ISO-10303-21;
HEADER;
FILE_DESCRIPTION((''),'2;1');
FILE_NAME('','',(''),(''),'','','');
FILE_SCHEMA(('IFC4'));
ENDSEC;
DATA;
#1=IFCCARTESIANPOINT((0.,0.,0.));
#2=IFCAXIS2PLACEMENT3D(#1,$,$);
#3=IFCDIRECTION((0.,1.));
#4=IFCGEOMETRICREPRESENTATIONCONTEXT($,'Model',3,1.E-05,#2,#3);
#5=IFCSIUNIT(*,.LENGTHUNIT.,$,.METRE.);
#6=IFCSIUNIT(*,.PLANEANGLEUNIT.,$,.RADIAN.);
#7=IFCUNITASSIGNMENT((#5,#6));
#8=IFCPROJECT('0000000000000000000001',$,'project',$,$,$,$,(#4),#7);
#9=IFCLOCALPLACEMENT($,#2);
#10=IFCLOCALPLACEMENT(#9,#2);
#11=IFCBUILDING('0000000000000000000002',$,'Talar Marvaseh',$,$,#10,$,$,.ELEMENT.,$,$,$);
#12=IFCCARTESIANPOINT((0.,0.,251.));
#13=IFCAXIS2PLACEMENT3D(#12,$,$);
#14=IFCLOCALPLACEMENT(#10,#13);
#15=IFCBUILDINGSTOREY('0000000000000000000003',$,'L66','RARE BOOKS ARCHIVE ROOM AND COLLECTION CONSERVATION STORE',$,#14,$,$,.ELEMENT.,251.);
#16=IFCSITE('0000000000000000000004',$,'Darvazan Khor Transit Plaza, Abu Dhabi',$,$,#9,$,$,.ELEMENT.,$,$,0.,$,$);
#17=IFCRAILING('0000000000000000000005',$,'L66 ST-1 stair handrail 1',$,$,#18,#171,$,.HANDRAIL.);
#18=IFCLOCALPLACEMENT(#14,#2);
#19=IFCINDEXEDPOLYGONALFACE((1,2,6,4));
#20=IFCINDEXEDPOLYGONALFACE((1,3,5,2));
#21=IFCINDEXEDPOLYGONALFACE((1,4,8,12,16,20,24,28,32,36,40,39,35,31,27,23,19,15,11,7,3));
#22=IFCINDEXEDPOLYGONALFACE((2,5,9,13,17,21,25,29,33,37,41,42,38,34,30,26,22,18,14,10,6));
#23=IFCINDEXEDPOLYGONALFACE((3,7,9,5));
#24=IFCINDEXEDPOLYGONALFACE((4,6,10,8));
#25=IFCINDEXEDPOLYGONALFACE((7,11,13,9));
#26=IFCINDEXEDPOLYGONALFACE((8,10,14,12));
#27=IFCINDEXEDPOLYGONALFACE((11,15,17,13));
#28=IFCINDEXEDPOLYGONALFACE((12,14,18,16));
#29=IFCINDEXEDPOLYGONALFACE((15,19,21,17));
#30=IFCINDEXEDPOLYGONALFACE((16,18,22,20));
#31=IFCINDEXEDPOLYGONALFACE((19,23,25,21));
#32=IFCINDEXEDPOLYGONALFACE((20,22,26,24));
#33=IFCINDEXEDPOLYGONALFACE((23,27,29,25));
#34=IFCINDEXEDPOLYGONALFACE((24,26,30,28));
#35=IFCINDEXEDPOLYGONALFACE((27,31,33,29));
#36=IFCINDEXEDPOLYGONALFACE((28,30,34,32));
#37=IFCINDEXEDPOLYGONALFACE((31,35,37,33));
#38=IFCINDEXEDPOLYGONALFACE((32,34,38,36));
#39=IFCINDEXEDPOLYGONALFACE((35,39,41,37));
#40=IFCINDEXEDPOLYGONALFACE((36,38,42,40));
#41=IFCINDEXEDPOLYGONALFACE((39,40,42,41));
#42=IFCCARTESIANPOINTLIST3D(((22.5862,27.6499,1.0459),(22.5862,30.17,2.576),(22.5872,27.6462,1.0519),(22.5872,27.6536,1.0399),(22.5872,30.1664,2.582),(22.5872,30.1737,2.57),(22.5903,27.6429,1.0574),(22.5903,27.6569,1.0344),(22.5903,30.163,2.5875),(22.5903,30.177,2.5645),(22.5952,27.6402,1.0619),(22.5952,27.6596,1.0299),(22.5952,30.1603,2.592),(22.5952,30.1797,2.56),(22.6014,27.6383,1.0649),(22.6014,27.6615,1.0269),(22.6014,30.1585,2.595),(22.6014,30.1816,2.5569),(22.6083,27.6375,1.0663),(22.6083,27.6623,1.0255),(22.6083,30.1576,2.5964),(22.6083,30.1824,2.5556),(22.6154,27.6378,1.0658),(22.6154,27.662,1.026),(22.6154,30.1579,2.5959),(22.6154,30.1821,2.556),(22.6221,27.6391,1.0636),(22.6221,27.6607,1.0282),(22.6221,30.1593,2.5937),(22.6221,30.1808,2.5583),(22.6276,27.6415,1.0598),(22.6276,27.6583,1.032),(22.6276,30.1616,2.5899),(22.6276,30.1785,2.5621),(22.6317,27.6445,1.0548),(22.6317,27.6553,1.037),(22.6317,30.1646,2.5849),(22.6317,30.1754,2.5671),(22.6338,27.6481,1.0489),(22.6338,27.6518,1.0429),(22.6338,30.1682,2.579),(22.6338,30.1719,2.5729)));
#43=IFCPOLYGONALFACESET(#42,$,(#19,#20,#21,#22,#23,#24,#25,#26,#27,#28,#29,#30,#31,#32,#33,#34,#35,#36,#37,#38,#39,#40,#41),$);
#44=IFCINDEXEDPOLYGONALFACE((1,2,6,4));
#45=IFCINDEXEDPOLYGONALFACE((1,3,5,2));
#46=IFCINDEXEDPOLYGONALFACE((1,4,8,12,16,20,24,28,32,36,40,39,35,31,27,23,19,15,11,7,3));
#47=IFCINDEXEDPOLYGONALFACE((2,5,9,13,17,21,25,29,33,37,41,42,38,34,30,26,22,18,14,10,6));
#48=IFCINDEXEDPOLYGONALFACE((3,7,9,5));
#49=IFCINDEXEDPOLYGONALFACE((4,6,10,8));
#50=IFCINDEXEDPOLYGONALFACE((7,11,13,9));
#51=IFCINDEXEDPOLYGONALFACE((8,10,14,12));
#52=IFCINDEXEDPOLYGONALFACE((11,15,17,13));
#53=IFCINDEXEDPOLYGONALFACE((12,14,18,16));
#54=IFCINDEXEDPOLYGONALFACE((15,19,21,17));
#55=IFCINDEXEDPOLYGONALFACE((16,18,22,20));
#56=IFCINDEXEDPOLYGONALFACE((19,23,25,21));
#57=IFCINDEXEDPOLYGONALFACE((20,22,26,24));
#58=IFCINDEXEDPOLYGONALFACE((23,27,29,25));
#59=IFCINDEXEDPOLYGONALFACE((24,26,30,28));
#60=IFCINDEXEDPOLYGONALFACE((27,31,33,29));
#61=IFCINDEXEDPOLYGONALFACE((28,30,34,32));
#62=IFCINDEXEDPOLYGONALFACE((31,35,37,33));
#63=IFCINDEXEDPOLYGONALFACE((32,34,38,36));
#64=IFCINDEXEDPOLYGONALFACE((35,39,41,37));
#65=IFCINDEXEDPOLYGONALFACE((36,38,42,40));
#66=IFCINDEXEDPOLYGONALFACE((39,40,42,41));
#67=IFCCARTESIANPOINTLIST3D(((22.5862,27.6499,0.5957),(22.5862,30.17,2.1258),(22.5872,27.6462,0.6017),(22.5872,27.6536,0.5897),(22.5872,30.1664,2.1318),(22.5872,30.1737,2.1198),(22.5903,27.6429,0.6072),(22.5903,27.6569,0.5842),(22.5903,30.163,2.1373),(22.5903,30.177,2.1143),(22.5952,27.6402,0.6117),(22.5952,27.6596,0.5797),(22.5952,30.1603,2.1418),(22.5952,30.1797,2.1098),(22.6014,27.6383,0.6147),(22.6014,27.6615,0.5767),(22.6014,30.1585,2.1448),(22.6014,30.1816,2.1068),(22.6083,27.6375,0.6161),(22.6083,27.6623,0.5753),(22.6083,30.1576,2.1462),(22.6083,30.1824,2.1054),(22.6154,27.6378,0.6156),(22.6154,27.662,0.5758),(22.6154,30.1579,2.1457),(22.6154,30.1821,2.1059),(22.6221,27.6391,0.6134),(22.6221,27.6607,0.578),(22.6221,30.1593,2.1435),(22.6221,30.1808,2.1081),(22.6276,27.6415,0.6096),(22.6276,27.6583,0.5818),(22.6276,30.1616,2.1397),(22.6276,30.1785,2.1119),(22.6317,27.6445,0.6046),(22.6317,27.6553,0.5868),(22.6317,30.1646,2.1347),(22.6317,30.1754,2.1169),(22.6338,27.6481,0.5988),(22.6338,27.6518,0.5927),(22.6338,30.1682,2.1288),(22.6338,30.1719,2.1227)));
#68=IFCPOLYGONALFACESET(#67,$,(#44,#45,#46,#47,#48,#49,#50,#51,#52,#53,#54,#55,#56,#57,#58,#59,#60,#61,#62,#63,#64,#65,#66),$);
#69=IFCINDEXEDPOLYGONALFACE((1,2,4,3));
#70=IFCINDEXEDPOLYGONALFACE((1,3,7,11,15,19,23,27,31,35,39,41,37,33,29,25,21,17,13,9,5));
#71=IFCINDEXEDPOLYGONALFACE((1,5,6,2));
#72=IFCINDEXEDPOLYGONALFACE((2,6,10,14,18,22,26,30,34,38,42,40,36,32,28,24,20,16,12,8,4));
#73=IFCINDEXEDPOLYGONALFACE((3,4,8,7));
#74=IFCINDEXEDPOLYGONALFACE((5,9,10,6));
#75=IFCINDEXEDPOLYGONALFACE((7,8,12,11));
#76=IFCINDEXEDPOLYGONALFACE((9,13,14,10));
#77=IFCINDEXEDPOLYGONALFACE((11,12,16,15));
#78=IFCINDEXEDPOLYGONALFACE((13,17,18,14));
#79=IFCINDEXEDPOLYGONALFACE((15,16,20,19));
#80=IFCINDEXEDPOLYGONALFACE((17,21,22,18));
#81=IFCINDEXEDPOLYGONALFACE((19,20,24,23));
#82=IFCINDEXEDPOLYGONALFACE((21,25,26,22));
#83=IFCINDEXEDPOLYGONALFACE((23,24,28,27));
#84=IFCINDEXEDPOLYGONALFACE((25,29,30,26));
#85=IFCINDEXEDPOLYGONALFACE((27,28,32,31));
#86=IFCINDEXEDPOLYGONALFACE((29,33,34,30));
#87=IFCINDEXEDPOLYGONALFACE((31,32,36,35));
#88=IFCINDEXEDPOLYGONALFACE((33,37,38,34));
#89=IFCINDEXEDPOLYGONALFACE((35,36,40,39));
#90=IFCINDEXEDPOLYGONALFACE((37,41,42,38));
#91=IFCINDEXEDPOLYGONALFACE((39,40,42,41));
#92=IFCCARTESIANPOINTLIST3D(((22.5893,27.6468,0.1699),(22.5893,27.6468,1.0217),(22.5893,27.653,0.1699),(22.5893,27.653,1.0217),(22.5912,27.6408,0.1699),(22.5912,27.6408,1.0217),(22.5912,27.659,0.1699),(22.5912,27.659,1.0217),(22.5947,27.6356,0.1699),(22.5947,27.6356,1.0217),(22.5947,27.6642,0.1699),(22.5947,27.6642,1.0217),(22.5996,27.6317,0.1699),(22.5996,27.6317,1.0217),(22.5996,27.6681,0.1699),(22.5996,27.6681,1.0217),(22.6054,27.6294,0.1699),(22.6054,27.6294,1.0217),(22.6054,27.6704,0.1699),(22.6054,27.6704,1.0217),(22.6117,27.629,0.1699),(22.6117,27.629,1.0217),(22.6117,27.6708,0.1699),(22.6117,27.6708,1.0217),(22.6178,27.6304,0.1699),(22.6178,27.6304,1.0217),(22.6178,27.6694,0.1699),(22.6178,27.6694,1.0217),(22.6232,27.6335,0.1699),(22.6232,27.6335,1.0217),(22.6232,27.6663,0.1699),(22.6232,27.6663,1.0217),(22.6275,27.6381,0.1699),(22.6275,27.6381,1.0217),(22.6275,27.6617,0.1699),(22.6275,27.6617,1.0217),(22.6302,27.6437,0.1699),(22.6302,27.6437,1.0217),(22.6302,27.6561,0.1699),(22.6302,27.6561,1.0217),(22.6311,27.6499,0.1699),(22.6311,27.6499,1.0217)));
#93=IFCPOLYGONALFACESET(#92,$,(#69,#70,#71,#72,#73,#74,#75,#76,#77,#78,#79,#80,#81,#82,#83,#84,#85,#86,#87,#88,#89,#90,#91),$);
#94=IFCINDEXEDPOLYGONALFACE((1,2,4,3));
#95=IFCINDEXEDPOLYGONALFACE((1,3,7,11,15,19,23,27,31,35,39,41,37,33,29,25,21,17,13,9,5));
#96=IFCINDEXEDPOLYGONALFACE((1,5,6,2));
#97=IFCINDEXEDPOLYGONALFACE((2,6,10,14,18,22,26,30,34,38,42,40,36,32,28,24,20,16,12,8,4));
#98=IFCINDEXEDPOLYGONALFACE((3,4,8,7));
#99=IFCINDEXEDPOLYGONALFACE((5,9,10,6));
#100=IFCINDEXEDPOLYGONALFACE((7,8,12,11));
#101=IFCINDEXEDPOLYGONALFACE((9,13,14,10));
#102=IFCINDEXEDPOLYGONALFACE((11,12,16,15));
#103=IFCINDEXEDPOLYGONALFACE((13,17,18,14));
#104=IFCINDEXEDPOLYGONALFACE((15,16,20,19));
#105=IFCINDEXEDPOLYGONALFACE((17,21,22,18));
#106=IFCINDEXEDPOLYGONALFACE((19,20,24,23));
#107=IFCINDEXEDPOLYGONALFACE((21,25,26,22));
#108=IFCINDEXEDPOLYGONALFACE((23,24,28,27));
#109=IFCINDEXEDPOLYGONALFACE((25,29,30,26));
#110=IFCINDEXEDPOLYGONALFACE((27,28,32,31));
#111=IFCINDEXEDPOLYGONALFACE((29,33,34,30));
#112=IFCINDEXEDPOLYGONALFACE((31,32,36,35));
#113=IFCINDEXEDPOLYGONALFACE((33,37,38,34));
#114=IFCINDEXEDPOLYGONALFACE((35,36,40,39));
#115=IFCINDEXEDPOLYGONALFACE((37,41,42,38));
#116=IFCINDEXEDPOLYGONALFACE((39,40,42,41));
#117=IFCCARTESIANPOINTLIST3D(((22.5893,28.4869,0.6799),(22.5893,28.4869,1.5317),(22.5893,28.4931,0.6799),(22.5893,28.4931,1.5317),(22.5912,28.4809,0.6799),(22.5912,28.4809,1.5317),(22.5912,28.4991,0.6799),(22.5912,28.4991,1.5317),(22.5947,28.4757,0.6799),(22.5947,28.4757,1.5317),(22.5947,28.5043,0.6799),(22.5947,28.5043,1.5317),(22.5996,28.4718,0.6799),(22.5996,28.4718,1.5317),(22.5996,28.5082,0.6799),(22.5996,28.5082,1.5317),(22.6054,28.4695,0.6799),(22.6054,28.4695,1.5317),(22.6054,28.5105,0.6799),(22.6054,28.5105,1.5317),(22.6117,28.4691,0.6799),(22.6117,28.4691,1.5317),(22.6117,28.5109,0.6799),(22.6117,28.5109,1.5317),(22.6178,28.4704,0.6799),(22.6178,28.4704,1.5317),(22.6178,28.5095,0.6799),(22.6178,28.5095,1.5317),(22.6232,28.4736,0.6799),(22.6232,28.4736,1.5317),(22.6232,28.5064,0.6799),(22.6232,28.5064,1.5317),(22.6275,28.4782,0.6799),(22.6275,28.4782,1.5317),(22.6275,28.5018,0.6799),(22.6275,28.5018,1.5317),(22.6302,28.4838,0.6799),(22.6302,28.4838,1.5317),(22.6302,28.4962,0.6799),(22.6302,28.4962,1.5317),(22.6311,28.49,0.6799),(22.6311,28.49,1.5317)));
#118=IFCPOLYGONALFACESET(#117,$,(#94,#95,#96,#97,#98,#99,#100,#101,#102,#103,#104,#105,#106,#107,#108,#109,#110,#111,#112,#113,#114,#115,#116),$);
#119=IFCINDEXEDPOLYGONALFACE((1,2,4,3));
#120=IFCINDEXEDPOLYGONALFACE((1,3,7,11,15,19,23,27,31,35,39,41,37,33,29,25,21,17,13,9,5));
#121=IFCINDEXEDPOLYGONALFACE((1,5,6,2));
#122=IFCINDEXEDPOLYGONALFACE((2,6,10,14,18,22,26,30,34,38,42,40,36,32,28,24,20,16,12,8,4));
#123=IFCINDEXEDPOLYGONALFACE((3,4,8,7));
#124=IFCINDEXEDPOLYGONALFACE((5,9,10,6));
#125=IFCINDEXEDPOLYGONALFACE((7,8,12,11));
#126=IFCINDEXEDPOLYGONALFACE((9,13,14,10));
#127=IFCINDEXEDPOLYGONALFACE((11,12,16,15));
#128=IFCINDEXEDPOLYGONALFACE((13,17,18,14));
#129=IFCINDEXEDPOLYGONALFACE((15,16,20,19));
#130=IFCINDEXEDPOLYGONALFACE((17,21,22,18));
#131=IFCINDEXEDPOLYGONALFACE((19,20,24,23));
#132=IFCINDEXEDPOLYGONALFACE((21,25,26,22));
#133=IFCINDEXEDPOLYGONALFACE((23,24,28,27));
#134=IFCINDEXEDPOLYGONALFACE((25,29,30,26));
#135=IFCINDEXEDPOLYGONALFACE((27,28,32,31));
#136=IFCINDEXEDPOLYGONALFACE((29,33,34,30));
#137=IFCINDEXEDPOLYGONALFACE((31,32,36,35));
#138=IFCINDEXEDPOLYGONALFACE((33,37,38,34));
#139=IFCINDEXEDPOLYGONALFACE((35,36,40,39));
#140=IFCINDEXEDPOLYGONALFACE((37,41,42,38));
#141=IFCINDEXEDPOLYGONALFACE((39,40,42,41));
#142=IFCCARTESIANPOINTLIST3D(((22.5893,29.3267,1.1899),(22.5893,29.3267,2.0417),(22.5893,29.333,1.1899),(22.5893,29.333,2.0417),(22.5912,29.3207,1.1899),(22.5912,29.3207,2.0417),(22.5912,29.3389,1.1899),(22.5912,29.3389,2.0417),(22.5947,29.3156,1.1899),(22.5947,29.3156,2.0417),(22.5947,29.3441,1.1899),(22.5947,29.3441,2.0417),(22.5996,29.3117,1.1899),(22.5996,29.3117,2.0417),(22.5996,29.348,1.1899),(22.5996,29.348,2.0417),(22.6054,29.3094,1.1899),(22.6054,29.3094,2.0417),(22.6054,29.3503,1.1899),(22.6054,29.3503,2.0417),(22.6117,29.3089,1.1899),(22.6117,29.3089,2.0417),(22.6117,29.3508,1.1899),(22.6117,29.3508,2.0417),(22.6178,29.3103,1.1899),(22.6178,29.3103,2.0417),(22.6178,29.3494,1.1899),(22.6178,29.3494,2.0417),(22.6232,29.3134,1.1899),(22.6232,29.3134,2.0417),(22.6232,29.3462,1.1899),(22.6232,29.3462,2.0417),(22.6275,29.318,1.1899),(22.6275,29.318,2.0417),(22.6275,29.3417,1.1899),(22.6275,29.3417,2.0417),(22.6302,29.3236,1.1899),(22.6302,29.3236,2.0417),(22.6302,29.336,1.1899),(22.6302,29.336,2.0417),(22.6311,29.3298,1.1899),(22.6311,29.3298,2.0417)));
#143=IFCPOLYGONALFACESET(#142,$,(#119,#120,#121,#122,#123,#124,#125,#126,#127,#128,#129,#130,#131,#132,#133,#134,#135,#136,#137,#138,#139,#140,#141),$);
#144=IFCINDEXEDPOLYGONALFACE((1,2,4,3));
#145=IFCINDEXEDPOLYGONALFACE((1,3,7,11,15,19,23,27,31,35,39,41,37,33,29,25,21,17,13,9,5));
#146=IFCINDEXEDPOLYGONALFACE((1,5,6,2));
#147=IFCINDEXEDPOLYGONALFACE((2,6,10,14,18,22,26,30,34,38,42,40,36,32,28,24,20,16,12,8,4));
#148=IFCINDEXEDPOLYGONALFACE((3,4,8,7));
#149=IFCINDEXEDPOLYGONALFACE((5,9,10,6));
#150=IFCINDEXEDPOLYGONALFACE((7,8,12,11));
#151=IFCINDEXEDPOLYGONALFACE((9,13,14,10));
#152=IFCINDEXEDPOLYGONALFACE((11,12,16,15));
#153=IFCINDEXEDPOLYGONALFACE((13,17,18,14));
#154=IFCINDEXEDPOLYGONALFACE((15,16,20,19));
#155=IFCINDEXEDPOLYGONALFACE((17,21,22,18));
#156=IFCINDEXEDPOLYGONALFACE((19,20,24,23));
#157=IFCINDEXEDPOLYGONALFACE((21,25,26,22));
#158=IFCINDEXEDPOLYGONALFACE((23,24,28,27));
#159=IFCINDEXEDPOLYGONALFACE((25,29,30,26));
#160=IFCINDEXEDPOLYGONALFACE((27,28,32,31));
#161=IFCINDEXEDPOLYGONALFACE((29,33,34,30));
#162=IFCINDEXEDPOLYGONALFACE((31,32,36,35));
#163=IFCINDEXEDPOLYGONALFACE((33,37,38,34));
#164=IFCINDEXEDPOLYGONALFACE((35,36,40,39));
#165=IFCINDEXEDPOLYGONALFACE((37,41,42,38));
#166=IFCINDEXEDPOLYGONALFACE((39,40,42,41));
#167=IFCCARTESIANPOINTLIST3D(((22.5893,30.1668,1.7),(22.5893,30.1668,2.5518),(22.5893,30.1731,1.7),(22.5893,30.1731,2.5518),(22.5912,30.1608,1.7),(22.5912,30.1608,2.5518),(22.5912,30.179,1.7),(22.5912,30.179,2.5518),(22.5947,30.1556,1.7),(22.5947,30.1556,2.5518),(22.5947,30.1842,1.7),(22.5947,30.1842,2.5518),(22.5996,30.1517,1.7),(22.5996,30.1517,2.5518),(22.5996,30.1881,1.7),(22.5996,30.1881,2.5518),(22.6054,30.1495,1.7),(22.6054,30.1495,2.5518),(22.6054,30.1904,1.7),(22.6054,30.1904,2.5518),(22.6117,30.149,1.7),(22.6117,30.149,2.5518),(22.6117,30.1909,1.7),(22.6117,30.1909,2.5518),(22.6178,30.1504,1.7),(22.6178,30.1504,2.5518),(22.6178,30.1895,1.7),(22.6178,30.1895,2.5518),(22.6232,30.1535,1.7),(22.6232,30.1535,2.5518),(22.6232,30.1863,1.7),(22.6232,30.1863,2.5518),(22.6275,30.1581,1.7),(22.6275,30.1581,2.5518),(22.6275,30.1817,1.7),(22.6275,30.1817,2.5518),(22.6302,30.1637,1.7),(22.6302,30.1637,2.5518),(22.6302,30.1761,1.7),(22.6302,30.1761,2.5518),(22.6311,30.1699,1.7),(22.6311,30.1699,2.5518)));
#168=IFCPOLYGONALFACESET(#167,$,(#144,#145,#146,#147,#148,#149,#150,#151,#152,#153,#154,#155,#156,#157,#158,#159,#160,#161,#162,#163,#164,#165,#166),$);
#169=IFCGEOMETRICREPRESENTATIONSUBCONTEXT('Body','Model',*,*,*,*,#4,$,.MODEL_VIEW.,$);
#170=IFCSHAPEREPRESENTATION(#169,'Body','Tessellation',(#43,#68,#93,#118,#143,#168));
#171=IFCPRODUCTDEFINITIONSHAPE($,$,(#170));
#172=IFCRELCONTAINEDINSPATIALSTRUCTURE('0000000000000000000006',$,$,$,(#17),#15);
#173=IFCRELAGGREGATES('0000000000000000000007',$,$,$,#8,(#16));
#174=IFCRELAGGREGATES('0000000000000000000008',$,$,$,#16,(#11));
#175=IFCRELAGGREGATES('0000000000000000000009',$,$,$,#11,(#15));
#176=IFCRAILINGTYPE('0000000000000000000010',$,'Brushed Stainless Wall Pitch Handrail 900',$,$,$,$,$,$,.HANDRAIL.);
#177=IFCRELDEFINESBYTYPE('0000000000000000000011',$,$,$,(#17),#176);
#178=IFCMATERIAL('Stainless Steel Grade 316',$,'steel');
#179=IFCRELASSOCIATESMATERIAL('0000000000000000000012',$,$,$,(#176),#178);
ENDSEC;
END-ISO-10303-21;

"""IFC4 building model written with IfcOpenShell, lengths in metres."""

from ifc_helpers import new_model, si_unit, direction, frame, origin, origin_2d, place, context, subcontext, project, spatial, circle, extrude, material, type_object, element, save


model = new_model("IFC4")

# Units and contexts
model_context = context("Model", 3, precision=1e-05, world=origin(), true_north=direction((0.0, 1.0)))
body_context = subcontext(model_context, "Body", "Model", "MODEL_VIEW")
ifc_project = project(units=[si_unit("LENGTHUNIT", "METRE"), si_unit("PLANEANGLEUNIT", "RADIAN")], contexts=[model_context])

# Site, building, storey
site_placement = place(None, origin())
site = spatial("IfcSite", under=ifc_project, at=site_placement, Name="Darvazan Khor Transit Plaza, Abu Dhabi", CompositionType="ELEMENT", RefElevation=0.0)
building_placement = place(site_placement, origin())
building = spatial("IfcBuilding", under=site, at=building_placement, Name="Talar Marvaseh", CompositionType="ELEMENT")
storey_placement = place(building_placement, frame((0.0, 0.0, 251.0)))
storey = spatial("IfcBuildingStorey", under=building, at=storey_placement, Name="L66", Description="RARE BOOKS ARCHIVE ROOM AND COLLECTION CONSERVATION STORE", CompositionType="ELEMENT", Elevation=251.0)

# Shared definitions
ifc_material_1 = material(Name="Stainless Steel Grade 316", Category="steel")

# Railing
railing_type_1 = type_object("IfcRailingType", Name="Brushed Stainless Wall Pitch Handrail 900", PredefinedType="HANDRAIL", material=ifc_material_1)
railing_1_placement = place(storey_placement, frame((22.6101, 27.6499, 0.1699)))
element("IfcRailing", 1, at=railing_1_placement, inside=storey, type_object=railing_type_1, Name="L66 ST-1 stair handrail 1", PredefinedType="HANDRAIL", context=body_context, shape_type="SweptSolid", body=[
    extrude(circle(Radius=0.0239, at=origin_2d()), frame((0.0, 0.0, 0.876), z_axis=(0.0, 0.854785, 0.518982), x_axis=(-1.0, 0.0, 0.0)), (0.0, 0.0, 1.0), 2.9482),
    extrude(circle(Radius=0.0239, at=origin_2d()), frame((0.0, 0.0, 0.4258), z_axis=(0.0, 0.854785, 0.518982), x_axis=(-1.0, 0.0, 0.0)), (0.0, 0.0, 1.0), 2.9482),
    extrude(circle(Radius=0.021, at=origin_2d()), origin(), (0.0, 0.0, 1.0), 0.8518),
    extrude(circle(Radius=0.021, at=origin_2d()), frame((0.0, 0.8401, 0.51)), (0.0, 0.0, 1.0), 0.8518),
    extrude(circle(Radius=0.021, at=origin_2d()), frame((0.0, 1.6799, 1.02)), (0.0, 0.0, 1.0), 0.8518),
    extrude(circle(Radius=0.021, at=origin_2d()), frame((0.0, 2.52, 1.53)), (0.0, 0.0, 1.0), 0.8518),
])

save(model, "model.ifc")
